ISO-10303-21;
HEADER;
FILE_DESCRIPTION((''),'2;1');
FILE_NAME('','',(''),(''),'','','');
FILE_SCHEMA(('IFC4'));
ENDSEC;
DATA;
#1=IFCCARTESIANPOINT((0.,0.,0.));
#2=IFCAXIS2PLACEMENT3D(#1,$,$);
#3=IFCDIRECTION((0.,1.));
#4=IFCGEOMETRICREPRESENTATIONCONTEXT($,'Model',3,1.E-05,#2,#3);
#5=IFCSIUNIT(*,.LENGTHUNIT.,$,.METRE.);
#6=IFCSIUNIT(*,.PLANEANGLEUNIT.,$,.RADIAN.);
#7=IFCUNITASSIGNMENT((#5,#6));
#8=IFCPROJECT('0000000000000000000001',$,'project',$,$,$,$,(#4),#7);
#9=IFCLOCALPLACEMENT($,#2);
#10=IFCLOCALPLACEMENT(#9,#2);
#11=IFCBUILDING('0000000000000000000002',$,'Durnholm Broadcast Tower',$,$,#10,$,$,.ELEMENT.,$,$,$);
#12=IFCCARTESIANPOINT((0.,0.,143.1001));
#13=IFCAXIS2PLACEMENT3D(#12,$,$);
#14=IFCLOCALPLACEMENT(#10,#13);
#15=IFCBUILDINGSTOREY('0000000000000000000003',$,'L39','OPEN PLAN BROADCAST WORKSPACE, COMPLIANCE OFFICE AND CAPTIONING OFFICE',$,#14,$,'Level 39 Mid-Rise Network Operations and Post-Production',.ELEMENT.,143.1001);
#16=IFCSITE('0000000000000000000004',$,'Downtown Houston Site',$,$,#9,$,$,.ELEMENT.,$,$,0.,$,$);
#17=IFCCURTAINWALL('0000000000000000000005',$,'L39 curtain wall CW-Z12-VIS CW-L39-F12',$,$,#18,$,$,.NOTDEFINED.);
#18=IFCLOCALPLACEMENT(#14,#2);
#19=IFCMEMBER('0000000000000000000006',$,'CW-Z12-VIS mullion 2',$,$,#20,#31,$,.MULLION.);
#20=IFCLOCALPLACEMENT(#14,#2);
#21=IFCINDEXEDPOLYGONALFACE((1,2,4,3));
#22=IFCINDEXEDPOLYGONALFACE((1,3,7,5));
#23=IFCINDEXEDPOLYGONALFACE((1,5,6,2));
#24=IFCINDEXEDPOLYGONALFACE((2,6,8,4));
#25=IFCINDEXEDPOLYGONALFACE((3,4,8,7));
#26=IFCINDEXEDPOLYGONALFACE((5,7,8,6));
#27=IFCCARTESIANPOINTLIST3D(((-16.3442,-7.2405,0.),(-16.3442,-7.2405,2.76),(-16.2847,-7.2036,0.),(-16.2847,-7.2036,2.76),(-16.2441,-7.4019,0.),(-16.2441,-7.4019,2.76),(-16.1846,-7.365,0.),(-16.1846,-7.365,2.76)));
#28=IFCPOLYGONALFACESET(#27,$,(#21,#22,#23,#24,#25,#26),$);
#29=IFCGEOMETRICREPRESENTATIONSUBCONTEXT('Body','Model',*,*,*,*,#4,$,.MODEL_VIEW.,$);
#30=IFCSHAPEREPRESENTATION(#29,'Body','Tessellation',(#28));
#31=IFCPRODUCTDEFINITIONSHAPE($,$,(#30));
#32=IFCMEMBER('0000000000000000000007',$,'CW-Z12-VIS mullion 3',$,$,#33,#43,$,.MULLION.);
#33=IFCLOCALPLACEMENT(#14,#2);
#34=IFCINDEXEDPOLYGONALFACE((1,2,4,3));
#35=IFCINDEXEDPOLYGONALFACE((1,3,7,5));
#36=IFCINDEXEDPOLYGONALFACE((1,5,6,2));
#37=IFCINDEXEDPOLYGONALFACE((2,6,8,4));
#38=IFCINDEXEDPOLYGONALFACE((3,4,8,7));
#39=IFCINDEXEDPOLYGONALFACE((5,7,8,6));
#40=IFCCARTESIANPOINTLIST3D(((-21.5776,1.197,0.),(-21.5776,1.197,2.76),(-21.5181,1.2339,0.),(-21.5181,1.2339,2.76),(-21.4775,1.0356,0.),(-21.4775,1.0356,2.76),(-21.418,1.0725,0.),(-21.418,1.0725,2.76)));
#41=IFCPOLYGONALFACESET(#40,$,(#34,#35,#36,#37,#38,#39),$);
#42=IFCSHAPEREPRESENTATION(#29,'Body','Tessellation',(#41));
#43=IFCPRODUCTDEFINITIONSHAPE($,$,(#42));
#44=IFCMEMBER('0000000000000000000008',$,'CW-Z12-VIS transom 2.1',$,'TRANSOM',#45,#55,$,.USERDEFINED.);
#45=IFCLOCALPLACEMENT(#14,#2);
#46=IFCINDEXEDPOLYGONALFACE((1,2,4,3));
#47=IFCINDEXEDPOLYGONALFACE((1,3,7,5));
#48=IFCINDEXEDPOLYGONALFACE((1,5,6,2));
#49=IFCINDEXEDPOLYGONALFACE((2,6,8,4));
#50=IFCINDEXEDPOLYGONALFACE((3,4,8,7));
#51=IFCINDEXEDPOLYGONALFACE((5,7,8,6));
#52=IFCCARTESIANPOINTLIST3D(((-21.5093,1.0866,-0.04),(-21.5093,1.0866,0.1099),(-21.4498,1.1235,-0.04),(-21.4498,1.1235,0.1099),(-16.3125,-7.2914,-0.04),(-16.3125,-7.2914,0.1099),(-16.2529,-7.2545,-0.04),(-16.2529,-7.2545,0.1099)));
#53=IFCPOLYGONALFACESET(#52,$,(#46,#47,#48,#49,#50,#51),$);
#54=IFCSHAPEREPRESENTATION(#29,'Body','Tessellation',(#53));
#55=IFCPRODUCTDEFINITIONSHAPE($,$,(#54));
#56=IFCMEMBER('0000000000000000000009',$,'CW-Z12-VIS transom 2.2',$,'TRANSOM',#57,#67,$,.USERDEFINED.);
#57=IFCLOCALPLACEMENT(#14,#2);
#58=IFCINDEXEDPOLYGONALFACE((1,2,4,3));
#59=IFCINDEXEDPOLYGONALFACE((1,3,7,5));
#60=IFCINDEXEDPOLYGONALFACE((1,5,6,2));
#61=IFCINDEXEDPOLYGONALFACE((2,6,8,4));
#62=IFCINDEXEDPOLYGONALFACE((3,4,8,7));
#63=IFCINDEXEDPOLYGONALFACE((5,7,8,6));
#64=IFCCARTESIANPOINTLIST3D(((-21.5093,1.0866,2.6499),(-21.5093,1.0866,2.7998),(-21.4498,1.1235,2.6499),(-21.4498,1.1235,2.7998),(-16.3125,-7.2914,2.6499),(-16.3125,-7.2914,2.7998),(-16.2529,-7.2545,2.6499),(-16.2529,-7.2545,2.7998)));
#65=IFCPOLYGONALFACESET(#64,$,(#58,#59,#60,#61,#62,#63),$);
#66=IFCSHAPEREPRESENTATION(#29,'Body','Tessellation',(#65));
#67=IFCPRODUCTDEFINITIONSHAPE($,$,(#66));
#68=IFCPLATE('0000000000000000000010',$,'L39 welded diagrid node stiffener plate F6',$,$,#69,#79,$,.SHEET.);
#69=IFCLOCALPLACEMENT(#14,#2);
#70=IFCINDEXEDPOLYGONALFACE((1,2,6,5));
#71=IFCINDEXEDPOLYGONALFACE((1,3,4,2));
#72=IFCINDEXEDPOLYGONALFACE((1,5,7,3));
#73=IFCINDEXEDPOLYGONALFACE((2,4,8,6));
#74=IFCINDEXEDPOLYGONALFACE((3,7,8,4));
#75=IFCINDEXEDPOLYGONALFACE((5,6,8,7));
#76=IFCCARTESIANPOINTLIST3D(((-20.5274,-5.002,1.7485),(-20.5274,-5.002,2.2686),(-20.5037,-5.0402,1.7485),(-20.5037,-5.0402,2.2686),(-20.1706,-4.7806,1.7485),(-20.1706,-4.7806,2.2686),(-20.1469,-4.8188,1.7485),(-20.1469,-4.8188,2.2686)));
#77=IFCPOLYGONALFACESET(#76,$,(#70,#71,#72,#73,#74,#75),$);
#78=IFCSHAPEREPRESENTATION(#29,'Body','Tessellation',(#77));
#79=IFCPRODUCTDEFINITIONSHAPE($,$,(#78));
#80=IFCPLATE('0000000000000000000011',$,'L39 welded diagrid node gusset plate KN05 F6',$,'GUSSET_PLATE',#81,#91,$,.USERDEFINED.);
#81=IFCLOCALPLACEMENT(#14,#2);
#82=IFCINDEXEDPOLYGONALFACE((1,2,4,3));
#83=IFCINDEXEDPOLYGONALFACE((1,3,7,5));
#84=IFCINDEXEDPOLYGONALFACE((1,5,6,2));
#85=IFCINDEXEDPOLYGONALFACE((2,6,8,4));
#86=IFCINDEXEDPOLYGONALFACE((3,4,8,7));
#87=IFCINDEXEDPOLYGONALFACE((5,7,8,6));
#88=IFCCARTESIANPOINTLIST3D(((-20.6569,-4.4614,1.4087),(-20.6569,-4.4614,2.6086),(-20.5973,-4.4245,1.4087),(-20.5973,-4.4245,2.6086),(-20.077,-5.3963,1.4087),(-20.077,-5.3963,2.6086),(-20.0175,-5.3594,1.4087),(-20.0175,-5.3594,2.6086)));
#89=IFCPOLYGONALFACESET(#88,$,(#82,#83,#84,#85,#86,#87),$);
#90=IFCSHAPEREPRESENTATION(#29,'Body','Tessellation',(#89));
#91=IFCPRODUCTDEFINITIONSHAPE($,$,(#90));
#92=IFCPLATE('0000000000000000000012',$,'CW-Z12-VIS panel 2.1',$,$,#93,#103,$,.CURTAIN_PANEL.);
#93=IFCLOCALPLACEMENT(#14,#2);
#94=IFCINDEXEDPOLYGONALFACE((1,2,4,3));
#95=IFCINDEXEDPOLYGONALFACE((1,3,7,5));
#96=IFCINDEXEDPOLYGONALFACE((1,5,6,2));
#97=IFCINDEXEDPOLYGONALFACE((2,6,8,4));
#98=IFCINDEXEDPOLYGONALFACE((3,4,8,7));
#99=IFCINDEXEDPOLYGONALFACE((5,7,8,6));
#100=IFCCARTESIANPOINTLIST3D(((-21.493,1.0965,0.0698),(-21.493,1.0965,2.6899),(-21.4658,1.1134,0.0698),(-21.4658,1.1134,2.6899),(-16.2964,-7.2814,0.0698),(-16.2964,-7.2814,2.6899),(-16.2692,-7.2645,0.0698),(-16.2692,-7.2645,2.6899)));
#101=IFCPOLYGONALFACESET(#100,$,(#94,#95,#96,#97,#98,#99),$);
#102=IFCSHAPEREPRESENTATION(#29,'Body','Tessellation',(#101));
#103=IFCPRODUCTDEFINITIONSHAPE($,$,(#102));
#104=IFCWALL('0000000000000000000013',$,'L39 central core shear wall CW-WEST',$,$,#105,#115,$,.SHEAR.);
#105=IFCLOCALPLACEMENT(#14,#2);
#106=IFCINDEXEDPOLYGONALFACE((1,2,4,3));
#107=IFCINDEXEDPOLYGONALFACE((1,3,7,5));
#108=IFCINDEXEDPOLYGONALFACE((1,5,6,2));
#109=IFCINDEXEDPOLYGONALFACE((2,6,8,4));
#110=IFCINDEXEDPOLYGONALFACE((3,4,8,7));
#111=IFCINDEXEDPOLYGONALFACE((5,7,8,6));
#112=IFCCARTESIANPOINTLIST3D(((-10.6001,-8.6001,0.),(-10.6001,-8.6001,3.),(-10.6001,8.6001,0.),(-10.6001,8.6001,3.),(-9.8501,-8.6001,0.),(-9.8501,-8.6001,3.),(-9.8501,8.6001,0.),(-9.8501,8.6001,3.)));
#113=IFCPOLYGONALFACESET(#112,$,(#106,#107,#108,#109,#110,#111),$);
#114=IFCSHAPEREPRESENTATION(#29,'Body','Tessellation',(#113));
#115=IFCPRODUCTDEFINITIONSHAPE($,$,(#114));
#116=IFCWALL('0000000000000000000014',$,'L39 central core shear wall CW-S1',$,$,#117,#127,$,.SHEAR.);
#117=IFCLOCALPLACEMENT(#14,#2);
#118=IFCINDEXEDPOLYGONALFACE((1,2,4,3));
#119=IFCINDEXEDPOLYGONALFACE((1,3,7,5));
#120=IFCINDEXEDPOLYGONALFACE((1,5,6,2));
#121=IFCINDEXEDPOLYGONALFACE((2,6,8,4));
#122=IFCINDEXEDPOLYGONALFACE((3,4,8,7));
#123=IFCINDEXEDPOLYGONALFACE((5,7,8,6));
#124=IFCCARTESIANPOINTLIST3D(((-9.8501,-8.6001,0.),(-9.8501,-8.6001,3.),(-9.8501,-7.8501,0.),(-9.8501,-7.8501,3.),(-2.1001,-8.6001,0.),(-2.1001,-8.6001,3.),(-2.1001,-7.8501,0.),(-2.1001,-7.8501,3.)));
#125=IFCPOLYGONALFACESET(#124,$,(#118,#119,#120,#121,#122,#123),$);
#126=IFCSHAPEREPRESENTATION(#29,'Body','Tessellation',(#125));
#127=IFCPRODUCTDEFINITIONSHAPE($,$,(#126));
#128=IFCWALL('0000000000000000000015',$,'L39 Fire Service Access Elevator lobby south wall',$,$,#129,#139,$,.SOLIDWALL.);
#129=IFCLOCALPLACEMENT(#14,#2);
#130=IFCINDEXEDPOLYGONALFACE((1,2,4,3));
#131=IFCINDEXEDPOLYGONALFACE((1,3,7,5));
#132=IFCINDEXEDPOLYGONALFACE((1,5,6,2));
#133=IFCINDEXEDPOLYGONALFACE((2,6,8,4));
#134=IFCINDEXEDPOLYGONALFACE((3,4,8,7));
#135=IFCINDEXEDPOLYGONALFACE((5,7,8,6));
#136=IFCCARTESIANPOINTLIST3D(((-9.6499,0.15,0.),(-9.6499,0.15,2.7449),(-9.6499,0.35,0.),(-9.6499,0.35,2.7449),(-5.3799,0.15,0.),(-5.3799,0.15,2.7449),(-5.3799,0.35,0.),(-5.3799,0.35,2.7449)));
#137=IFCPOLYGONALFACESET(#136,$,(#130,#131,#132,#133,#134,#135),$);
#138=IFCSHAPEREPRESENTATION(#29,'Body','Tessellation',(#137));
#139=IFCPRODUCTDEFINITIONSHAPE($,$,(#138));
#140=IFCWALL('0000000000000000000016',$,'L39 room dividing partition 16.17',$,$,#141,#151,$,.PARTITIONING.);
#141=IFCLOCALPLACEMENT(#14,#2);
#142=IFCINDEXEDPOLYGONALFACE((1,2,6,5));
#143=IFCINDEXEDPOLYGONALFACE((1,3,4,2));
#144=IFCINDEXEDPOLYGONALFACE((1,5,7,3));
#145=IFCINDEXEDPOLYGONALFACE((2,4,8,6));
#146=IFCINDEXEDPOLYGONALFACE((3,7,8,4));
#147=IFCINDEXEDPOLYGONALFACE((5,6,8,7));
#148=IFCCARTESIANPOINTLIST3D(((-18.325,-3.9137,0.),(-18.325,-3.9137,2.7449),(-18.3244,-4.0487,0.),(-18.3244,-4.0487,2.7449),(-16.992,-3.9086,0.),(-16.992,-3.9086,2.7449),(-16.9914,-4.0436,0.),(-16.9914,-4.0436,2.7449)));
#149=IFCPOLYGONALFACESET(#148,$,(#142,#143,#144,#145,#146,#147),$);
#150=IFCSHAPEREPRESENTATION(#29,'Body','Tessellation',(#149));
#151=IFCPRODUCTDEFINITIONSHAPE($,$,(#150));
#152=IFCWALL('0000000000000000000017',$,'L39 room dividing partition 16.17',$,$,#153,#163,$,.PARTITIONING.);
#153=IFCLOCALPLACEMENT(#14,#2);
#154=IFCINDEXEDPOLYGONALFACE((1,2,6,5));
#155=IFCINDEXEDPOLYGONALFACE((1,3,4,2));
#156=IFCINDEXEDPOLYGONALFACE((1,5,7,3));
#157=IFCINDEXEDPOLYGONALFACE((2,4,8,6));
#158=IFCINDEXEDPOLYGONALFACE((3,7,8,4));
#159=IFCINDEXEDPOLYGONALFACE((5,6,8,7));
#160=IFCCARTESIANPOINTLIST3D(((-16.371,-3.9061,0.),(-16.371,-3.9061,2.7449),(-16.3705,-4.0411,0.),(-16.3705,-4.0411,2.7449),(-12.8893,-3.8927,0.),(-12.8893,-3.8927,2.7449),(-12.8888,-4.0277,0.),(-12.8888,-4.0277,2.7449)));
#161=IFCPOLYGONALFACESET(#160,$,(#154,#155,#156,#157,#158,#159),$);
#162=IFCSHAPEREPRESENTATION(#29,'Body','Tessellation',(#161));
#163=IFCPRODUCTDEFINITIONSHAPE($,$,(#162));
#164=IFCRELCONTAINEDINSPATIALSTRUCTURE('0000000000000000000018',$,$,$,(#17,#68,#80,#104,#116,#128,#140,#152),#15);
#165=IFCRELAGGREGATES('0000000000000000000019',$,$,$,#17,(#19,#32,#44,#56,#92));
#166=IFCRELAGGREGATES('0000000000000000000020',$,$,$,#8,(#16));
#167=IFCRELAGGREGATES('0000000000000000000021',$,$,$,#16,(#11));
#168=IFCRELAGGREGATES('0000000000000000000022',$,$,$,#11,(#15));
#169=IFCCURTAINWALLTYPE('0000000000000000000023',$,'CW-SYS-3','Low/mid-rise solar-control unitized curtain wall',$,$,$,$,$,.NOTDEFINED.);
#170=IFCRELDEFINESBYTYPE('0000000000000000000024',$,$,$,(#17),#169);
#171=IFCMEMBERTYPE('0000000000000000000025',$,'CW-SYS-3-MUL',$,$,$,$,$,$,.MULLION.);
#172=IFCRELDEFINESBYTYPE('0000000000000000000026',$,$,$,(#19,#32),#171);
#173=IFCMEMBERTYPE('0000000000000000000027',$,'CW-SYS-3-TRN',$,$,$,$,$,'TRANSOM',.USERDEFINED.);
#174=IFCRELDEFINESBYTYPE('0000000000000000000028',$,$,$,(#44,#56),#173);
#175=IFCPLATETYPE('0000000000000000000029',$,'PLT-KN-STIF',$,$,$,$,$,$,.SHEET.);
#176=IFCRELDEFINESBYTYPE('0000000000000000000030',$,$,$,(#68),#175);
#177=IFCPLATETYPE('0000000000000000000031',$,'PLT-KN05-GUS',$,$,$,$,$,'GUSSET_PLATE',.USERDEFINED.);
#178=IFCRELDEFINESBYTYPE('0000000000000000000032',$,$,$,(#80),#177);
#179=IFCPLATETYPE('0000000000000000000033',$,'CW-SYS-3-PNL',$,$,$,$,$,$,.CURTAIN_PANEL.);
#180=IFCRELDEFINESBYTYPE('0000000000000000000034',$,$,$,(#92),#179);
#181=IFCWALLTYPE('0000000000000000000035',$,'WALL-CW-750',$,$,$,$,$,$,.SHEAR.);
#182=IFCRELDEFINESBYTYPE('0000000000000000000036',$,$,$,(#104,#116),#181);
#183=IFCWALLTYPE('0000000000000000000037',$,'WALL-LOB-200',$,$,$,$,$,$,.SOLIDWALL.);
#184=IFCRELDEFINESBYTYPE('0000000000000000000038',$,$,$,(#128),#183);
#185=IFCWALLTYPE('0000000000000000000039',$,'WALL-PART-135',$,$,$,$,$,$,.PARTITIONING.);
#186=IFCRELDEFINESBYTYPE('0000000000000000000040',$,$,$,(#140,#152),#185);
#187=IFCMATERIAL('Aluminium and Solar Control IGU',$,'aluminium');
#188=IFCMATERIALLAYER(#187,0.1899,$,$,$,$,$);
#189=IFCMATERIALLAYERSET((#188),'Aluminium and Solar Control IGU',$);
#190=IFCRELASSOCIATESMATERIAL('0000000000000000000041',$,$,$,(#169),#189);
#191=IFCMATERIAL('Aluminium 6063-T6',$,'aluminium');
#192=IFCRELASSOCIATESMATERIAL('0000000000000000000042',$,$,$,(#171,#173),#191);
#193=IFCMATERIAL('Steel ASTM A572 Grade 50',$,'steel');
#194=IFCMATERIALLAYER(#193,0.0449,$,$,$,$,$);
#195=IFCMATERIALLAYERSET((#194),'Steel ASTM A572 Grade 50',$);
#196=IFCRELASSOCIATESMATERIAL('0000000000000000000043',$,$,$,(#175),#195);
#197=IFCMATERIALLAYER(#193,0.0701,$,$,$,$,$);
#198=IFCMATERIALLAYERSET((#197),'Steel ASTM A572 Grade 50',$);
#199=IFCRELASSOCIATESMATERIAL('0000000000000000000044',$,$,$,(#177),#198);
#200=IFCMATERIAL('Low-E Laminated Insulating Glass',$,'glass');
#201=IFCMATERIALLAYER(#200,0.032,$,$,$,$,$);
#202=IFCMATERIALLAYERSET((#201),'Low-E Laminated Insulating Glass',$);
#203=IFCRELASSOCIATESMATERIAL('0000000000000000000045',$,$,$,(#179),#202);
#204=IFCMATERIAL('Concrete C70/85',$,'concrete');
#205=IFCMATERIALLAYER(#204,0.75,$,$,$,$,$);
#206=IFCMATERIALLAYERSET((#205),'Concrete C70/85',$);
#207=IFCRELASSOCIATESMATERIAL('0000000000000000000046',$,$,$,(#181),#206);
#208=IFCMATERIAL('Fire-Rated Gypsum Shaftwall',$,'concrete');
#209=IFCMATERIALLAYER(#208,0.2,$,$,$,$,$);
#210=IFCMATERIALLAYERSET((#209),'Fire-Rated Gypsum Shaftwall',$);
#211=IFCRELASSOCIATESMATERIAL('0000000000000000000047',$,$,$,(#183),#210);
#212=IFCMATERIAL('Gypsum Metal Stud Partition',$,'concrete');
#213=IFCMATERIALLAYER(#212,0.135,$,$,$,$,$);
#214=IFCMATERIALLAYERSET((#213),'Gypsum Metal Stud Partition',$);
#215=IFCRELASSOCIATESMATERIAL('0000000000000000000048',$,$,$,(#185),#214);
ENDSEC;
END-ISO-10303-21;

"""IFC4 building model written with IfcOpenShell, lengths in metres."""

from ifc_helpers import new_model, si_unit, direction, frame, frame_2d, origin, origin_2d, place, context, subcontext, project, spatial, rectangle, extrude, source, transform, mapped, material, layer, layer_set, material_profile, profile_set, type_object, type_shapes, element, aggregate, save


model = new_model("IFC4")

# Units and contexts
model_context = context("Model", 3, precision=1e-05, world=origin(), true_north=direction((0.0, 1.0)))
body_context = subcontext(model_context, "Body", "Model", "MODEL_VIEW")
ifc_project = project(units=[si_unit("LENGTHUNIT", "METRE"), si_unit("PLANEANGLEUNIT", "RADIAN")], contexts=[model_context])

# Site, building, storey
site_placement = place(None, origin())
site = spatial("IfcSite", under=ifc_project, at=site_placement, Name="Downtown Houston Site", CompositionType="ELEMENT", RefElevation=0.0)
building_placement = place(site_placement, origin())
building = spatial("IfcBuilding", under=site, at=building_placement, Name="Durnholm Broadcast Tower", CompositionType="ELEMENT")
storey_placement = place(building_placement, frame((0.0, 0.0, 143.1001)))
storey = spatial("IfcBuildingStorey", under=building, at=storey_placement, Name="L39", Description="OPEN PLAN BROADCAST WORKSPACE, COMPLIANCE OFFICE AND CAPTIONING OFFICE", LongName="Level 39 Mid-Rise Network Operations and Post-Production", CompositionType="ELEMENT", Elevation=143.1001)

# Shared definitions
ifc_material_1 = material(Name="Concrete C70/85", Category="concrete")

# Shared definitions
ifc_material_2 = material(Name="Aluminium and Solar Control IGU", Category="aluminium")
ifc_material_3 = material(Name="Aluminium 6063-T6", Category="aluminium")

# Curtain wall, members
ifc_layer_1 = layer(ifc_material_2, 0.1899)
ifc_layer_set_1 = layer_set([ifc_layer_1], Name="Aluminium and Solar Control IGU")
curtain_wall_type_1 = type_object("IfcCurtainWallType", Name="CW-SYS-3", Description="Low/mid-rise solar-control unitized curtain wall", PredefinedType="NOTDEFINED", material=ifc_layer_set_1)
curtain_wall_1_placement = place(storey_placement, origin())
curtain_wall_1 = element("IfcCurtainWall", 1, at=curtain_wall_1_placement, inside=storey, type_object=curtain_wall_type_1, Name="L39 curtain wall CW-Z12-VIS CW-L39-F12", PredefinedType="NOTDEFINED")
ifc_material_profile_1 = material_profile(ifc_material_3, rectangle(XDim=0.0701, YDim=0.1899, at=origin_2d()), Name="CWM70X190")
ifc_profile_set_1 = profile_set([ifc_material_profile_1], Name="Aluminium 6063-T6")
member_type_1 = type_object("IfcMemberType", Name="CW-SYS-3-MUL", PredefinedType="MULLION", material=ifc_profile_set_1)
shared_shape_1 = source(origin(), body_context, "Body", "SweptSolid", [
    extrude(rectangle(XDim=0.0701, YDim=0.1899, at=origin_2d()), origin(), (0.0, 0.0, 1.0), 2.76),
])
type_shapes(member_type_1, [shared_shape_1])
member_1_placement = place(storey_placement, frame((-16.2644, -7.3027, 0.0), z_axis=(0.0, 0.0, 1.0), x_axis=(-0.8498, -0.527105, 0.0)))
member_1 = element("IfcMember", 2, at=member_1_placement, type_object=member_type_1, Name="CW-Z12-VIS mullion 2", PredefinedType="MULLION", context=body_context, shape_type="MappedRepresentation", body=[
    mapped(shared_shape_1, transform((0.0, 0.0, 0.0), x_axis=(1.0, 0.0, 0.0), y_axis=(0.0, 1.0, 0.0), z_axis=(0.0, 0.0, 1.0), scale=1.0)),
])
member_2_placement = place(storey_placement, frame((-21.4978, 1.1348, 0.0), z_axis=(0.0, 0.0, 1.0), x_axis=(-0.8498, -0.527105, 0.0)))
member_2 = element("IfcMember", 3, at=member_2_placement, type_object=member_type_1, Name="CW-Z12-VIS mullion 3", PredefinedType="MULLION", context=body_context, shape_type="MappedRepresentation", body=[
    mapped(shared_shape_1, transform((0.0, 0.0, 0.0), x_axis=(1.0, 0.0, 0.0), y_axis=(0.0, 1.0, 0.0), z_axis=(0.0, 0.0, 1.0), scale=1.0)),
])
ifc_material_profile_2 = material_profile(ifc_material_3, rectangle(XDim=0.0701, YDim=0.1499, at=origin_2d()), Name="CWT70X150")
ifc_profile_set_2 = profile_set([ifc_material_profile_2], Name="Aluminium 6063-T6")
member_type_2 = type_object("IfcMemberType", Name="CW-SYS-3-TRN", ElementType="TRANSOM", PredefinedType="USERDEFINED", material=ifc_profile_set_2)
shared_shape_2 = source(origin(), body_context, "Body", "SweptSolid", [
    extrude(rectangle(XDim=0.0701, YDim=0.1499, at=origin_2d()), origin(), (0.0, 0.0, 1.0), 9.8589),
])
type_shapes(member_type_2, [shared_shape_2])
member_3_placement = place(storey_placement, frame((-16.2827, -7.2729, 0.0349), z_axis=(-0.52712, 0.849791, 0.0), x_axis=(-0.849791, -0.52712, 0.0)))
member_3 = element("IfcMember", 4, at=member_3_placement, type_object=member_type_2, Name="CW-Z12-VIS transom 2.1", ObjectType="TRANSOM", PredefinedType="USERDEFINED", context=body_context, shape_type="MappedRepresentation", body=[
    mapped(shared_shape_2, transform((0.0, 0.0, 0.0), x_axis=(1.0, 0.0, 0.0), y_axis=(0.0, 1.0, 0.0), z_axis=(0.0, 0.0, 1.0), scale=1.0)),
])
member_4_placement = place(storey_placement, frame((-16.2827, -7.2729, 2.7249), z_axis=(-0.52712, 0.849791, 0.0), x_axis=(-0.849791, -0.52712, 0.0)))
member_4 = element("IfcMember", 5, at=member_4_placement, type_object=member_type_2, Name="CW-Z12-VIS transom 2.2", ObjectType="TRANSOM", PredefinedType="USERDEFINED", context=body_context, shape_type="MappedRepresentation", body=[
    mapped(shared_shape_2, transform((0.0, 0.0, 0.0), x_axis=(1.0, 0.0, 0.0), y_axis=(0.0, 1.0, 0.0), z_axis=(0.0, 0.0, 1.0), scale=1.0)),
])

# Plates
ifc_material_4 = material(Name="Steel ASTM A572 Grade 50", Category="steel")
ifc_layer_2 = layer(ifc_material_4, 0.0449)
ifc_layer_set_2 = layer_set([ifc_layer_2], Name="Steel ASTM A572 Grade 50")
plate_type_1 = type_object("IfcPlateType", Name="PLT-KN-STIF", PredefinedType="SHEET", material=ifc_layer_set_2)
shared_shape_3 = source(origin(), body_context, "Body", "SweptSolid", [
    extrude(rectangle(XDim=0.0449, YDim=0.4199, at=origin_2d()), origin(), (0.0, 0.0, 1.0), 0.52),
])
type_shapes(plate_type_1, [shared_shape_3])
plate_1_placement = place(storey_placement, frame((-20.3372, -4.9104, 1.7485), z_axis=(0.0, 0.0, 1.0), x_axis=(0.527104, -0.849801, 0.0)))
element("IfcPlate", 6, at=plate_1_placement, inside=storey, type_object=plate_type_1, Name="L39 welded diagrid node stiffener plate F6", PredefinedType="SHEET", context=body_context, shape_type="MappedRepresentation", body=[
    mapped(shared_shape_3, transform((0.0, 0.0, 0.0), x_axis=(1.0, 0.0, 0.0), y_axis=(0.0, 1.0, 0.0), z_axis=(0.0, 0.0, 1.0), scale=1.0)),
])
ifc_layer_3 = layer(ifc_material_4, 0.0701)
ifc_layer_set_3 = layer_set([ifc_layer_3], Name="Steel ASTM A572 Grade 50")
plate_type_2 = type_object("IfcPlateType", Name="PLT-KN05-GUS", ElementType="GUSSET_PLATE", PredefinedType="USERDEFINED", material=ifc_layer_set_3)
shared_shape_4 = source(origin(), body_context, "Body", "SweptSolid", [
    extrude(rectangle(XDim=1.1001, YDim=0.0701, at=origin_2d()), origin(), (0.0, 0.0, 1.0), 1.2),
])
type_shapes(plate_type_2, [shared_shape_4])
plate_2_placement = place(storey_placement, frame((-20.3372, -4.9104, 1.4087), z_axis=(0.0, 0.0, 1.0), x_axis=(0.527104, -0.849801, 0.0)))
element("IfcPlate", 7, at=plate_2_placement, inside=storey, type_object=plate_type_2, Name="L39 welded diagrid node gusset plate KN05 F6", ObjectType="GUSSET_PLATE", PredefinedType="USERDEFINED", context=body_context, shape_type="MappedRepresentation", body=[
    mapped(shared_shape_4, transform((0.0, 0.0, 0.0), x_axis=(1.0, 0.0, 0.0), y_axis=(0.0, 1.0, 0.0), z_axis=(0.0, 0.0, 1.0), scale=1.0)),
])

# Plate
ifc_material_5 = material(Name="Low-E Laminated Insulating Glass", Category="glass")
ifc_layer_4 = layer(ifc_material_5, 0.032)
ifc_layer_set_4 = layer_set([ifc_layer_4], Name="Low-E Laminated Insulating Glass")
plate_type_3 = type_object("IfcPlateType", Name="CW-SYS-3-PNL", PredefinedType="CURTAIN_PANEL", material=ifc_layer_set_4)
shared_shape_5 = source(origin(), body_context, "Body", "SweptSolid", [
    extrude(rectangle(XDim=9.8586, YDim=0.032, at=origin_2d()), origin(), (0.0, 0.0, 1.0), 2.6201),
])
type_shapes(plate_type_3, [shared_shape_5])
plate_3_placement = place(storey_placement, frame((-18.8811, -3.084, 0.0698), z_axis=(0.0, 0.0, 1.0), x_axis=(-0.527105, 0.8498, 0.0)))
plate_3 = element("IfcPlate", 8, at=plate_3_placement, type_object=plate_type_3, Name="CW-Z12-VIS panel 2.1", PredefinedType="CURTAIN_PANEL", context=body_context, shape_type="MappedRepresentation", body=[
    mapped(shared_shape_5, transform((0.0, 0.0, 0.0), x_axis=(1.0, 0.0, 0.0), y_axis=(0.0, 1.0, 0.0), z_axis=(0.0, 0.0, 1.0), scale=1.0)),
])
aggregate(curtain_wall_1, [member_1, member_2, member_3, member_4, plate_3])

# Walls
ifc_layer_5 = layer(ifc_material_1, 0.75)
ifc_layer_set_5 = layer_set([ifc_layer_5], Name="Concrete C70/85")
wall_type_1 = type_object("IfcWallType", Name="WALL-CW-750", PredefinedType="SHEAR", material=ifc_layer_set_5)
wall_1_placement = place(storey_placement, frame((-10.2251, -8.6001, 0.0), z_axis=(0.0, 0.0, 1.0), x_axis=(0.0, 1.0, 0.0)))
element("IfcWall", 9, at=wall_1_placement, inside=storey, type_object=wall_type_1, Name="L39 central core shear wall CW-WEST", PredefinedType="SHEAR", context=body_context, shape_type="SweptSolid", body=[
    extrude(rectangle(XDim=17.2002, YDim=0.75, at=frame_2d((8.6001, 0.0))), origin(), (0.0, 0.0, 1.0), 3.0),
])
wall_2_placement = place(storey_placement, frame((-9.8501, -8.2251, 0.0), z_axis=(0.0, 0.0, 1.0), x_axis=(1.0, 0.0, 0.0)))
element("IfcWall", 10, at=wall_2_placement, inside=storey, type_object=wall_type_1, Name="L39 central core shear wall CW-S1", PredefinedType="SHEAR", context=body_context, shape_type="SweptSolid", body=[
    extrude(rectangle(XDim=7.75, YDim=0.75, at=frame_2d((3.875, 0.0))), origin(), (0.0, 0.0, 1.0), 3.0),
])
ifc_material_6 = material(Name="Fire-Rated Gypsum Shaftwall", Category="concrete")
ifc_layer_6 = layer(ifc_material_6, 0.2)
ifc_layer_set_6 = layer_set([ifc_layer_6], Name="Fire-Rated Gypsum Shaftwall")
wall_type_2 = type_object("IfcWallType", Name="WALL-LOB-200", PredefinedType="SOLIDWALL", material=ifc_layer_set_6)
wall_3_placement = place(storey_placement, frame((-9.6499, 0.25, 0.0), z_axis=(0.0, 0.0, 1.0), x_axis=(1.0, 0.0, 0.0)))
element("IfcWall", 11, at=wall_3_placement, inside=storey, type_object=wall_type_2, Name="L39 Fire Service Access Elevator lobby south wall", PredefinedType="SOLIDWALL", context=body_context, shape_type="SweptSolid", body=[
    extrude(rectangle(XDim=4.27, YDim=0.2, at=frame_2d((2.135, 0.0))), origin(), (0.0, 0.0, 1.0), 2.7449),
])
ifc_material_7 = material(Name="Gypsum Metal Stud Partition", Category="concrete")
ifc_layer_7 = layer(ifc_material_7, 0.135)
ifc_layer_set_7 = layer_set([ifc_layer_7], Name="Gypsum Metal Stud Partition")
wall_type_3 = type_object("IfcWallType", Name="WALL-PART-135", PredefinedType="PARTITIONING", material=ifc_layer_set_7)
wall_4_placement = place(storey_placement, frame((-18.3247, -3.9812, 0.0), z_axis=(0.0, 0.0, 1.0), x_axis=(0.999993, 0.003846, 0.0)))
element("IfcWall", 12, at=wall_4_placement, inside=storey, type_object=wall_type_3, Name="L39 room dividing partition 16.17", PredefinedType="PARTITIONING", context=body_context, shape_type="SweptSolid", body=[
    extrude(rectangle(XDim=1.333, YDim=0.135, at=frame_2d((0.6665, 0.0))), origin(), (0.0, 0.0, 1.0), 2.7449),
])
wall_5_placement = place(storey_placement, frame((-16.3706, -3.9736, 0.0), z_axis=(0.0, 0.0, 1.0), x_axis=(0.999993, 0.003857, 0.0)))
element("IfcWall", 13, at=wall_5_placement, inside=storey, type_object=wall_type_3, Name="L39 room dividing partition 16.17", PredefinedType="PARTITIONING", context=body_context, shape_type="SweptSolid", body=[
    extrude(rectangle(XDim=3.4817, YDim=0.135, at=frame_2d((1.7407, 0.0))), origin(), (0.0, 0.0, 1.0), 2.7449),
])

save(model, "model.ifc")
